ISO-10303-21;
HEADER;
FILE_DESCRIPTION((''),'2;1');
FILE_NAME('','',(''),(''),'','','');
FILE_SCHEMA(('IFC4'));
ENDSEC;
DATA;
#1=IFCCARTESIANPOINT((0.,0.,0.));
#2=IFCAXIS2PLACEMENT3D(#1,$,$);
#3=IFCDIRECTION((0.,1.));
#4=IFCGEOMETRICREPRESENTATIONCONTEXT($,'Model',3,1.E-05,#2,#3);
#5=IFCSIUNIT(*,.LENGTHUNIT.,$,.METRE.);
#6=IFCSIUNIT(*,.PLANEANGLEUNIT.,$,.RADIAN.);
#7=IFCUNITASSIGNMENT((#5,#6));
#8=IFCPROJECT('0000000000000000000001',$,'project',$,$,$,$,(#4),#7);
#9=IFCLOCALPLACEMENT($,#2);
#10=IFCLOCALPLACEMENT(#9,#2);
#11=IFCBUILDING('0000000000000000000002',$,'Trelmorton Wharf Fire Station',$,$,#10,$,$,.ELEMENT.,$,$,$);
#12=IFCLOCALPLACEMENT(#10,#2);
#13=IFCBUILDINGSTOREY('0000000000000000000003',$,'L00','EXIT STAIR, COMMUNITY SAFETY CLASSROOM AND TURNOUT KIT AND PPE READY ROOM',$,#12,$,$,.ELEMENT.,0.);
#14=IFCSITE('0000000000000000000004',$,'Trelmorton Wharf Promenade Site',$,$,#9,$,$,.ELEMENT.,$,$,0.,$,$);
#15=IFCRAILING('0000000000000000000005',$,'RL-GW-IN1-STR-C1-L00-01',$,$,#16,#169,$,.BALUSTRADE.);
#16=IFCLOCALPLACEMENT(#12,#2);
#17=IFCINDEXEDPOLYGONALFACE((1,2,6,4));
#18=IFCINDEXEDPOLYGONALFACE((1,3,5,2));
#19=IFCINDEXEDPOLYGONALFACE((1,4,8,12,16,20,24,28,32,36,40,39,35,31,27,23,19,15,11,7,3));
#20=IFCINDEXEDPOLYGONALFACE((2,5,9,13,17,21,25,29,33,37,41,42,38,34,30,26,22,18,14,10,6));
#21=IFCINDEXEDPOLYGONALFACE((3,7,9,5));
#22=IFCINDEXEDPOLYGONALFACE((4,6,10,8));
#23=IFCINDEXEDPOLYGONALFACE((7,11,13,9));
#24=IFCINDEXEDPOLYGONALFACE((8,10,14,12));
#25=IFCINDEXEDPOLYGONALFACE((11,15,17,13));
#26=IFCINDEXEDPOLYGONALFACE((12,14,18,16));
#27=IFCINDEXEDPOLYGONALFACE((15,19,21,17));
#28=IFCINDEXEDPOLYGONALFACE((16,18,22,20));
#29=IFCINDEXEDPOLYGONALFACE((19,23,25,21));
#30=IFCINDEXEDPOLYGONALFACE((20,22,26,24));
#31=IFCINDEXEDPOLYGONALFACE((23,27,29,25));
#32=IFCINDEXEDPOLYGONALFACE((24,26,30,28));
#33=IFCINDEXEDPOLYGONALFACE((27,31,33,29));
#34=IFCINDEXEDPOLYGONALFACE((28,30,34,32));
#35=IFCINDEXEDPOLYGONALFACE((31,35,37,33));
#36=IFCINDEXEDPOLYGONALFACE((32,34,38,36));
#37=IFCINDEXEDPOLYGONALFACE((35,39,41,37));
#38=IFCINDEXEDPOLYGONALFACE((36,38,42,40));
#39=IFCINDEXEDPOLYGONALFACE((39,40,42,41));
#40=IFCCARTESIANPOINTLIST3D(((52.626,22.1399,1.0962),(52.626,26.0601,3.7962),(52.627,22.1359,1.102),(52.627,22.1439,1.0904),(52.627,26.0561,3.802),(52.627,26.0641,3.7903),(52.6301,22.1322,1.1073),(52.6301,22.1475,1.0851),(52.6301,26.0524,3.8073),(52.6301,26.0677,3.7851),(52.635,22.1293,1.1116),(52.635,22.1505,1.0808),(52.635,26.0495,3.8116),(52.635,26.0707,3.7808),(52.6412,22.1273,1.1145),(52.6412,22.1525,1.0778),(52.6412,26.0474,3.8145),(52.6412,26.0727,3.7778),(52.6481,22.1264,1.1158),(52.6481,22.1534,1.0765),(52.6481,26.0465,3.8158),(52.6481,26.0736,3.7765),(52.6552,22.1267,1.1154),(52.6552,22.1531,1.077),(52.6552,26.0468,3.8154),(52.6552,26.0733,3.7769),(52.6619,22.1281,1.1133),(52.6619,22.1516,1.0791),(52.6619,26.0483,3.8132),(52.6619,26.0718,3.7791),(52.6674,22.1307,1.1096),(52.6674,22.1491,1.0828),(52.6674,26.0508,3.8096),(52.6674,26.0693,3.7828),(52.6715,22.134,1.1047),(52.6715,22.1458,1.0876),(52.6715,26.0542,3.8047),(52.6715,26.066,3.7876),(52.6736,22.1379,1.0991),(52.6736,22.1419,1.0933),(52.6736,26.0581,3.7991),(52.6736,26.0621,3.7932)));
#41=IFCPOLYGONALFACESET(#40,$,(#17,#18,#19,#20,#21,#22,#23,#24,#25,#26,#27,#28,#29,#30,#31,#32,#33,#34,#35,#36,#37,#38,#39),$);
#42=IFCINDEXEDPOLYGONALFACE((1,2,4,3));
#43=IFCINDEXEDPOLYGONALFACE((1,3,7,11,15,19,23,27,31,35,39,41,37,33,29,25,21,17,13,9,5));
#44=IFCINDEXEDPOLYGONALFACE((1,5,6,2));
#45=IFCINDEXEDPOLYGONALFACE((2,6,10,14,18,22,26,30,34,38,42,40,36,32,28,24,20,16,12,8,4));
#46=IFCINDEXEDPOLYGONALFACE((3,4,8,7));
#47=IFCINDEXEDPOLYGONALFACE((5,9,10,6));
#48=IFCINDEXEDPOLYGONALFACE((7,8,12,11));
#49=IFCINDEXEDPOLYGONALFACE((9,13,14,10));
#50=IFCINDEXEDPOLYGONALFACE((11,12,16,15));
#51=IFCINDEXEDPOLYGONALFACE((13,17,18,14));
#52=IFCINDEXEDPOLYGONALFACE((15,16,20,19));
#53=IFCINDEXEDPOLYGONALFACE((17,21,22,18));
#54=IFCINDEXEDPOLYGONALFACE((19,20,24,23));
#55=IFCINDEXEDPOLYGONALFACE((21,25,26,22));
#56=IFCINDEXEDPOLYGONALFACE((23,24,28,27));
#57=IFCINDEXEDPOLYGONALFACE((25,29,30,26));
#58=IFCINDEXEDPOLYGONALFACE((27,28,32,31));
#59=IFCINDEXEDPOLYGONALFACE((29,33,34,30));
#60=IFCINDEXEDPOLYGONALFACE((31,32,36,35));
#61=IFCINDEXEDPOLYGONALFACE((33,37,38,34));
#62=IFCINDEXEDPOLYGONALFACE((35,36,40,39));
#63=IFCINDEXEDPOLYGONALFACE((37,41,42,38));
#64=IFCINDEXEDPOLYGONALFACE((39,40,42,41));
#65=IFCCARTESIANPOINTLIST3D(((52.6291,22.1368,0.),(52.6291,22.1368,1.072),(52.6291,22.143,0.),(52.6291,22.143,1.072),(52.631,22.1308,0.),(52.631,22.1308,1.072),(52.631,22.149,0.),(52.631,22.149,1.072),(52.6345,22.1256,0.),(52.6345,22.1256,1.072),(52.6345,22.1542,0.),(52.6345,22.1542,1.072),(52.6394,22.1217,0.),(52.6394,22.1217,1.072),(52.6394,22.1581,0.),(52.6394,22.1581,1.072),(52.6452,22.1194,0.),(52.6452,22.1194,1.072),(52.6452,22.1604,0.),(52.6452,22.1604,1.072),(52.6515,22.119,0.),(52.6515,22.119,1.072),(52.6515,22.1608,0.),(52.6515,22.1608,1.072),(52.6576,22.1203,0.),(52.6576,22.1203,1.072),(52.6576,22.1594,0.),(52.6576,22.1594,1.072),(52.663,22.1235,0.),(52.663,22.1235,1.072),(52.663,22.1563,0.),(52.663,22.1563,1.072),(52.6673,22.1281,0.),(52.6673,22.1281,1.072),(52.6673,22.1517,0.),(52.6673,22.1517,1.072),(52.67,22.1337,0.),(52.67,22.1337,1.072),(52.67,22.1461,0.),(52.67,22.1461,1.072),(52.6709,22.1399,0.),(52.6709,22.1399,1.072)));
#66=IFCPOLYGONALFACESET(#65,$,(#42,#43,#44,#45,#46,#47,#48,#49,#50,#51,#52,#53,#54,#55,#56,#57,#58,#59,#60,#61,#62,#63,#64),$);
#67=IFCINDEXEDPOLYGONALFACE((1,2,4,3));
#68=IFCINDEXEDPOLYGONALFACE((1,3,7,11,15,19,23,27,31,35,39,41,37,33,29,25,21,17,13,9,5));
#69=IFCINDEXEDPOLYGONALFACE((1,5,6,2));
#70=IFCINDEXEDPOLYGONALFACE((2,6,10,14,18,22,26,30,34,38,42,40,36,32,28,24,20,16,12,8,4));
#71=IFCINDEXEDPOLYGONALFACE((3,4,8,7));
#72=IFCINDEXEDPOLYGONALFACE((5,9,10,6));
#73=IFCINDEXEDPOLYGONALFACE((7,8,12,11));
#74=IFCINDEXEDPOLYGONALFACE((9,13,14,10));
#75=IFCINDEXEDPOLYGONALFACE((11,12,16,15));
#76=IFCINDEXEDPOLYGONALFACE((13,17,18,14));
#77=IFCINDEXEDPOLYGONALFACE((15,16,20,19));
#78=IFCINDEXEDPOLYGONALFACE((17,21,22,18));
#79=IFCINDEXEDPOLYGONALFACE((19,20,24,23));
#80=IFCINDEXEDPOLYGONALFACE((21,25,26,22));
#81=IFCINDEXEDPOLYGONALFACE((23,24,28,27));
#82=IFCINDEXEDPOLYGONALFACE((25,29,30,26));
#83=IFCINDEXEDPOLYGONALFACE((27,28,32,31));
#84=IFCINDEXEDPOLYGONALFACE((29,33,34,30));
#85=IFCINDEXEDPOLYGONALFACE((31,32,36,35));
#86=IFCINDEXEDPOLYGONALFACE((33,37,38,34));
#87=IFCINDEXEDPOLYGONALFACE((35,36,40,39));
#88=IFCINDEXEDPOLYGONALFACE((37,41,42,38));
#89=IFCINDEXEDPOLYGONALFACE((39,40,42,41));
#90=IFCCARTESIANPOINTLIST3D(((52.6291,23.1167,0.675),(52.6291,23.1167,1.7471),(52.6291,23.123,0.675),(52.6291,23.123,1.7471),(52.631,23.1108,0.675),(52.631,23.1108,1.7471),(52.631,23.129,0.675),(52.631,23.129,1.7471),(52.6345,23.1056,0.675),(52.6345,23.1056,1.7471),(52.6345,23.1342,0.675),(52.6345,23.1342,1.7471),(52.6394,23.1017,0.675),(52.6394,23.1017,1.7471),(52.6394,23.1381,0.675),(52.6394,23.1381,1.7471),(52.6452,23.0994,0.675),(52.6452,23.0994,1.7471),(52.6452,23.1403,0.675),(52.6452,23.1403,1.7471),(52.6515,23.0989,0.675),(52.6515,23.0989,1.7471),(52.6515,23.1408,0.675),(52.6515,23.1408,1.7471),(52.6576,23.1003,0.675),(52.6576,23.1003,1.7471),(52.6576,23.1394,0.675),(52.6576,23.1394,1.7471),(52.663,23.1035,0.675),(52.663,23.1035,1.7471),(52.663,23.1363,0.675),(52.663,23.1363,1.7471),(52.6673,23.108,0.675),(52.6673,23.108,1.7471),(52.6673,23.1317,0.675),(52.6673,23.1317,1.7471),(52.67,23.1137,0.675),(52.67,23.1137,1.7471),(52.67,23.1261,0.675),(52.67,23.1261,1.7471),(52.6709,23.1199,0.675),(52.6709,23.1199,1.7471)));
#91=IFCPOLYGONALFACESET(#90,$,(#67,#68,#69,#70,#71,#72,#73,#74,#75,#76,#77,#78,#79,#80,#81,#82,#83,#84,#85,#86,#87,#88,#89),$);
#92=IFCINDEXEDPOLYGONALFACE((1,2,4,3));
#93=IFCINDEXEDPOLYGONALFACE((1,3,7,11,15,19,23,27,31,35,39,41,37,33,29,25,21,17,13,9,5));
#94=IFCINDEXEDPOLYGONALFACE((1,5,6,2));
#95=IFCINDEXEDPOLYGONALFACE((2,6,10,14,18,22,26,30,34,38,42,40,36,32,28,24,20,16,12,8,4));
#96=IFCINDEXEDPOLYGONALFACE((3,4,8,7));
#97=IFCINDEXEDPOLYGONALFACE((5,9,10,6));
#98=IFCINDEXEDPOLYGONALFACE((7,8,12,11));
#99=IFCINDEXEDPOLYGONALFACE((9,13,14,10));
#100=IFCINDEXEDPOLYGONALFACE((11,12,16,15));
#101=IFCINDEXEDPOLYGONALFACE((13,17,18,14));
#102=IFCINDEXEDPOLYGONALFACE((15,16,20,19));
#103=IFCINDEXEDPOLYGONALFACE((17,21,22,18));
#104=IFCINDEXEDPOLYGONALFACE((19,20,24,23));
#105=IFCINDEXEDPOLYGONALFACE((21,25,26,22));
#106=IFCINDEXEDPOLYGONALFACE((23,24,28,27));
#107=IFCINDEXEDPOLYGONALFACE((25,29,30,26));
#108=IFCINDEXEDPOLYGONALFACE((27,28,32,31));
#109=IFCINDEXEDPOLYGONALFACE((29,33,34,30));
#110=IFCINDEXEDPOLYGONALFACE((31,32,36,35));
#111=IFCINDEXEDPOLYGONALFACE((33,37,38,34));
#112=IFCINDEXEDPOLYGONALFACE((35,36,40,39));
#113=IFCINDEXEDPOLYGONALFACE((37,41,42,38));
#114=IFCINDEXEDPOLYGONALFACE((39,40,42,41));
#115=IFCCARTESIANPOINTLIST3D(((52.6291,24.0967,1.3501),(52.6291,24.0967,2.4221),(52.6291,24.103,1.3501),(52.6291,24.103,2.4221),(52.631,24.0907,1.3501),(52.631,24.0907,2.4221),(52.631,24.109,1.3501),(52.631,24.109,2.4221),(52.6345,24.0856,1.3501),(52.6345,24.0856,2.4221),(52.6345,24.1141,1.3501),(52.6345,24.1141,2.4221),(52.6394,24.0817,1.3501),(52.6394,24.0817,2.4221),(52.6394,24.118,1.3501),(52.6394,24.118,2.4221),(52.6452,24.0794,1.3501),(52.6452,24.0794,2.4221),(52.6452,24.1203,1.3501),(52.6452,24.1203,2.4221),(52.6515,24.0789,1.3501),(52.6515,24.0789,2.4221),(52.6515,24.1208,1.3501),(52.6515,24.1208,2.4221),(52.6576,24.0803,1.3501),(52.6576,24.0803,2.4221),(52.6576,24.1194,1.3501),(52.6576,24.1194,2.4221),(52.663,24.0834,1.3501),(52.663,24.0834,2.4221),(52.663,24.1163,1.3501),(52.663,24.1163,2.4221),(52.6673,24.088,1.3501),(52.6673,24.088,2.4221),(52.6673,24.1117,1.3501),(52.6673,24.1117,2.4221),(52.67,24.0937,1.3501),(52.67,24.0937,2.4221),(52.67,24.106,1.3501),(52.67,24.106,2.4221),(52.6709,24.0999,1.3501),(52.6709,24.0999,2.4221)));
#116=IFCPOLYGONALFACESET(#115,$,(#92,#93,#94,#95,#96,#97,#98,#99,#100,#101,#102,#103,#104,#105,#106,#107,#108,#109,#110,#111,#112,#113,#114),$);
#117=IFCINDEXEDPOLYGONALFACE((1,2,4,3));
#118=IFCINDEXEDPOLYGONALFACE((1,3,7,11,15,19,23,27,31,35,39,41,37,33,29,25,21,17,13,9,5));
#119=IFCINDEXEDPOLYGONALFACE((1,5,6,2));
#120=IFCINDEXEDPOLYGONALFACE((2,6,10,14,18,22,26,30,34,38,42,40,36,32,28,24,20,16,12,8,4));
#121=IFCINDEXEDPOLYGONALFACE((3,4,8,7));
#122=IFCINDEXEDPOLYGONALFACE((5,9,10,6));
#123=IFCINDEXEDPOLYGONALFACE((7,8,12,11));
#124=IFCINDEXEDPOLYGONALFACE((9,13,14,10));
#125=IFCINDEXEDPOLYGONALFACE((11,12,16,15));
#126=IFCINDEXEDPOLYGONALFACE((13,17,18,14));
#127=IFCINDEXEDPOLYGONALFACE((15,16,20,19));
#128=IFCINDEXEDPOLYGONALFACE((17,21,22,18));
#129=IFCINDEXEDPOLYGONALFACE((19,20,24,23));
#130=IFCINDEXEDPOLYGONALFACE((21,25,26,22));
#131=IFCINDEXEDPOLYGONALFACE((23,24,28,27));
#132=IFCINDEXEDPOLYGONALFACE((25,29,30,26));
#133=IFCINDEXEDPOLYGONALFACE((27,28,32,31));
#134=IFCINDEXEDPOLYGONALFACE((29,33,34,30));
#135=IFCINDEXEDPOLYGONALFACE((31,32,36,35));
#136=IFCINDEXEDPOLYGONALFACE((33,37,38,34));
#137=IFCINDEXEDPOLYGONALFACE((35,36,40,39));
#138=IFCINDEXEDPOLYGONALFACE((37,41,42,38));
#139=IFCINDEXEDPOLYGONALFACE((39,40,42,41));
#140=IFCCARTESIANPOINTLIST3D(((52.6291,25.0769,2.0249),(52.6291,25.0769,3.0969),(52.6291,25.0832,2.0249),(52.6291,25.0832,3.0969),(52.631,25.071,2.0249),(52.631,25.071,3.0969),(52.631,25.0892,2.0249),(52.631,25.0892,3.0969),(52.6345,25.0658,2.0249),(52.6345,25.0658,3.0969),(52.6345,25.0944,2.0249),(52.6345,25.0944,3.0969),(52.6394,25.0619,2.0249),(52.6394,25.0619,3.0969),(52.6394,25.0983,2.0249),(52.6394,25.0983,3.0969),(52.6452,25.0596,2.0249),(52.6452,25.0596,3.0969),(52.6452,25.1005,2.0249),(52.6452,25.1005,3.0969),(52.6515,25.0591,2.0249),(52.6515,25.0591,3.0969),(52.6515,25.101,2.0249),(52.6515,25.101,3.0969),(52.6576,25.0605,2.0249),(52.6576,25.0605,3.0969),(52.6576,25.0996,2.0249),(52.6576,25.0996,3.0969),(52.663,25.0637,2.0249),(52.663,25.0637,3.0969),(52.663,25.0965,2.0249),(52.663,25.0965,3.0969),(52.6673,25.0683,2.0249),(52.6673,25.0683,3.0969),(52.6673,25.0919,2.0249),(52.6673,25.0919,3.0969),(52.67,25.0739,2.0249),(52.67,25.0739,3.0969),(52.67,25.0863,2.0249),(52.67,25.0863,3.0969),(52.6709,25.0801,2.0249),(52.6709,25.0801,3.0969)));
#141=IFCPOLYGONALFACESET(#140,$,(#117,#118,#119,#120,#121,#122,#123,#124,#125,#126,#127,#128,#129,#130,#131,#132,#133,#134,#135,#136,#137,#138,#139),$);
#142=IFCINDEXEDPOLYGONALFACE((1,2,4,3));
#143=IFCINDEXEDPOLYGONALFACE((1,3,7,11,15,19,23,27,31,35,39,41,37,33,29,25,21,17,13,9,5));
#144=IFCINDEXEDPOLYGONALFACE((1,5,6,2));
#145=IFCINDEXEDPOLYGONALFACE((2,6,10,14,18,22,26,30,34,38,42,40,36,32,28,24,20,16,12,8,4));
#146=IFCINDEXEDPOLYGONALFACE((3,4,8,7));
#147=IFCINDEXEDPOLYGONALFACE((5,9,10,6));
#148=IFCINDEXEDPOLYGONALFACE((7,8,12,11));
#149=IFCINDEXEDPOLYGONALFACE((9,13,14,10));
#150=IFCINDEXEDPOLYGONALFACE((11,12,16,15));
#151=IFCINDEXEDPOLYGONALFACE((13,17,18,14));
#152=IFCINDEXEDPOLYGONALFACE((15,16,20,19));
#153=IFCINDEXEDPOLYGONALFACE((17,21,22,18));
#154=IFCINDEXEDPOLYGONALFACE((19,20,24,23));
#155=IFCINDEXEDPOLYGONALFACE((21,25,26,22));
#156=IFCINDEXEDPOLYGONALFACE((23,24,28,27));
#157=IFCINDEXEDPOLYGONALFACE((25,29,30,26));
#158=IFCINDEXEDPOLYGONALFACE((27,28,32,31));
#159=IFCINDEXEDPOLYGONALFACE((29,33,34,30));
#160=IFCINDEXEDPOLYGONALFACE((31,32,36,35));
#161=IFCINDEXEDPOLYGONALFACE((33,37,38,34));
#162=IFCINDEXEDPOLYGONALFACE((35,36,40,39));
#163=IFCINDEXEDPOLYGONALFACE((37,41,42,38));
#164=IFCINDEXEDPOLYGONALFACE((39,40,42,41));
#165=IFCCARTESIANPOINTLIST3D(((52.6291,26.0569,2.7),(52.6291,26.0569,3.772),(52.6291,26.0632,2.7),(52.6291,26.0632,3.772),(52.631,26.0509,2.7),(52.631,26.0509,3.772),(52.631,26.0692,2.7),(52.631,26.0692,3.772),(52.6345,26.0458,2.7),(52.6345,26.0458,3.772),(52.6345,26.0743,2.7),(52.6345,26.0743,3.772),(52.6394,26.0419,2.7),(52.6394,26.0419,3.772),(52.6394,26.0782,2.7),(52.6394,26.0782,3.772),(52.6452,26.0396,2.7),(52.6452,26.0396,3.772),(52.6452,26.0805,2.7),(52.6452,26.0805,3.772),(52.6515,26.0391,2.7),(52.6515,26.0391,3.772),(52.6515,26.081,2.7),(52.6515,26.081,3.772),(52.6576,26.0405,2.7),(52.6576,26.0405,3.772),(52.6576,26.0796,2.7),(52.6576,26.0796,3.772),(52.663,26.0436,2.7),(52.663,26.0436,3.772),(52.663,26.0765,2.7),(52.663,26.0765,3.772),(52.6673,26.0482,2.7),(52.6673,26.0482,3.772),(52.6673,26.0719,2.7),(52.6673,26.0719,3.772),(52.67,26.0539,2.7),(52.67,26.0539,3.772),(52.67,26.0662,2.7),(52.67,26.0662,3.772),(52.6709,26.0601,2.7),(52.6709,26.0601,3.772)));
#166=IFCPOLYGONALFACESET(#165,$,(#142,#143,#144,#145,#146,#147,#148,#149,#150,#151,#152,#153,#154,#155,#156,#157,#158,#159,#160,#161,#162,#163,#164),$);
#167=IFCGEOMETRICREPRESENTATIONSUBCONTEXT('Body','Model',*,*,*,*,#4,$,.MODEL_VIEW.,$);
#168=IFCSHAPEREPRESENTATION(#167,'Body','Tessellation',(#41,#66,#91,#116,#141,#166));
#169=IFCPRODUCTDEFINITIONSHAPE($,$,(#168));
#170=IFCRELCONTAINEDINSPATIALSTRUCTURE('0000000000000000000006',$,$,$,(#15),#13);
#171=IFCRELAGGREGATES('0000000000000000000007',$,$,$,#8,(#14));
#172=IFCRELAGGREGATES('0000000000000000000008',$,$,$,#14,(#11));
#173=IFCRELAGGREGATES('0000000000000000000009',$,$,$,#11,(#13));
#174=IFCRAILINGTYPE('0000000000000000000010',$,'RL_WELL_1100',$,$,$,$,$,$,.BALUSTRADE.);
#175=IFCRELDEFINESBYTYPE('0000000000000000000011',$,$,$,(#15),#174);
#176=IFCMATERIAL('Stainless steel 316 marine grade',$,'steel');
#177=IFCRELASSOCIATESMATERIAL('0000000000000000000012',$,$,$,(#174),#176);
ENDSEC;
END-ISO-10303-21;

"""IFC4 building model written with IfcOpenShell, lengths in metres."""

from ifc_helpers import new_model, si_unit, direction, frame, origin, origin_2d, place, context, subcontext, project, spatial, circle, extrude, material, type_object, element, save


model = new_model("IFC4")

# Units and contexts
model_context = context("Model", 3, precision=1e-05, world=origin(), true_north=direction((0.0, 1.0)))
body_context = subcontext(model_context, "Body", "Model", "MODEL_VIEW")
ifc_project = project(units=[si_unit("LENGTHUNIT", "METRE"), si_unit("PLANEANGLEUNIT", "RADIAN")], contexts=[model_context])

# Site, building, storey
site_placement = place(None, origin())
site = spatial("IfcSite", under=ifc_project, at=site_placement, Name="Trelmorton Wharf Promenade Site", CompositionType="ELEMENT", RefElevation=0.0)
building_placement = place(site_placement, origin())
building = spatial("IfcBuilding", under=site, at=building_placement, Name="Trelmorton Wharf Fire Station", CompositionType="ELEMENT")
storey_placement = place(building_placement, origin())
storey = spatial("IfcBuildingStorey", under=building, at=storey_placement, Name="L00", Description="EXIT STAIR, COMMUNITY SAFETY CLASSROOM AND TURNOUT KIT AND PPE READY ROOM", CompositionType="ELEMENT", Elevation=0.0)

# Shared definitions
ifc_material_1 = material(Name="Stainless steel 316 marine grade", Category="steel")

# Railing
railing_type_1 = type_object("IfcRailingType", Name="RL_WELL_1100", PredefinedType="BALUSTRADE", material=ifc_material_1)
railing_1_placement = place(storey_placement, frame((52.6499, 22.1399, 0.0)))
element("IfcRailing", 1, at=railing_1_placement, inside=storey, type_object=railing_type_1, Name="RL-GW-IN1-STR-C1-L00-01", PredefinedType="BALUSTRADE", context=body_context, shape_type="SweptSolid", body=[
    extrude(circle(Radius=0.0239, at=origin_2d()), frame((0.0, 0.0, 1.0962), z_axis=(0.0, 0.823567, 0.567219), x_axis=(-1.0, 0.0, 0.0)), (0.0, 0.0, 1.0), 4.76),
    extrude(circle(Radius=0.021, at=origin_2d()), origin(), (0.0, 0.0, 1.0), 1.072),
    extrude(circle(Radius=0.021, at=origin_2d()), frame((0.0, 0.98, 0.675)), (0.0, 0.0, 1.0), 1.072),
    extrude(circle(Radius=0.021, at=origin_2d()), frame((0.0, 1.96, 1.3501)), (0.0, 0.0, 1.0), 1.072),
    extrude(circle(Radius=0.021, at=origin_2d()), frame((0.0, 2.9402, 2.0249)), (0.0, 0.0, 1.0), 1.072),
    extrude(circle(Radius=0.021, at=origin_2d()), frame((0.0, 3.9202, 2.7)), (0.0, 0.0, 1.0), 1.072),
])

save(model, "model.ifc")
